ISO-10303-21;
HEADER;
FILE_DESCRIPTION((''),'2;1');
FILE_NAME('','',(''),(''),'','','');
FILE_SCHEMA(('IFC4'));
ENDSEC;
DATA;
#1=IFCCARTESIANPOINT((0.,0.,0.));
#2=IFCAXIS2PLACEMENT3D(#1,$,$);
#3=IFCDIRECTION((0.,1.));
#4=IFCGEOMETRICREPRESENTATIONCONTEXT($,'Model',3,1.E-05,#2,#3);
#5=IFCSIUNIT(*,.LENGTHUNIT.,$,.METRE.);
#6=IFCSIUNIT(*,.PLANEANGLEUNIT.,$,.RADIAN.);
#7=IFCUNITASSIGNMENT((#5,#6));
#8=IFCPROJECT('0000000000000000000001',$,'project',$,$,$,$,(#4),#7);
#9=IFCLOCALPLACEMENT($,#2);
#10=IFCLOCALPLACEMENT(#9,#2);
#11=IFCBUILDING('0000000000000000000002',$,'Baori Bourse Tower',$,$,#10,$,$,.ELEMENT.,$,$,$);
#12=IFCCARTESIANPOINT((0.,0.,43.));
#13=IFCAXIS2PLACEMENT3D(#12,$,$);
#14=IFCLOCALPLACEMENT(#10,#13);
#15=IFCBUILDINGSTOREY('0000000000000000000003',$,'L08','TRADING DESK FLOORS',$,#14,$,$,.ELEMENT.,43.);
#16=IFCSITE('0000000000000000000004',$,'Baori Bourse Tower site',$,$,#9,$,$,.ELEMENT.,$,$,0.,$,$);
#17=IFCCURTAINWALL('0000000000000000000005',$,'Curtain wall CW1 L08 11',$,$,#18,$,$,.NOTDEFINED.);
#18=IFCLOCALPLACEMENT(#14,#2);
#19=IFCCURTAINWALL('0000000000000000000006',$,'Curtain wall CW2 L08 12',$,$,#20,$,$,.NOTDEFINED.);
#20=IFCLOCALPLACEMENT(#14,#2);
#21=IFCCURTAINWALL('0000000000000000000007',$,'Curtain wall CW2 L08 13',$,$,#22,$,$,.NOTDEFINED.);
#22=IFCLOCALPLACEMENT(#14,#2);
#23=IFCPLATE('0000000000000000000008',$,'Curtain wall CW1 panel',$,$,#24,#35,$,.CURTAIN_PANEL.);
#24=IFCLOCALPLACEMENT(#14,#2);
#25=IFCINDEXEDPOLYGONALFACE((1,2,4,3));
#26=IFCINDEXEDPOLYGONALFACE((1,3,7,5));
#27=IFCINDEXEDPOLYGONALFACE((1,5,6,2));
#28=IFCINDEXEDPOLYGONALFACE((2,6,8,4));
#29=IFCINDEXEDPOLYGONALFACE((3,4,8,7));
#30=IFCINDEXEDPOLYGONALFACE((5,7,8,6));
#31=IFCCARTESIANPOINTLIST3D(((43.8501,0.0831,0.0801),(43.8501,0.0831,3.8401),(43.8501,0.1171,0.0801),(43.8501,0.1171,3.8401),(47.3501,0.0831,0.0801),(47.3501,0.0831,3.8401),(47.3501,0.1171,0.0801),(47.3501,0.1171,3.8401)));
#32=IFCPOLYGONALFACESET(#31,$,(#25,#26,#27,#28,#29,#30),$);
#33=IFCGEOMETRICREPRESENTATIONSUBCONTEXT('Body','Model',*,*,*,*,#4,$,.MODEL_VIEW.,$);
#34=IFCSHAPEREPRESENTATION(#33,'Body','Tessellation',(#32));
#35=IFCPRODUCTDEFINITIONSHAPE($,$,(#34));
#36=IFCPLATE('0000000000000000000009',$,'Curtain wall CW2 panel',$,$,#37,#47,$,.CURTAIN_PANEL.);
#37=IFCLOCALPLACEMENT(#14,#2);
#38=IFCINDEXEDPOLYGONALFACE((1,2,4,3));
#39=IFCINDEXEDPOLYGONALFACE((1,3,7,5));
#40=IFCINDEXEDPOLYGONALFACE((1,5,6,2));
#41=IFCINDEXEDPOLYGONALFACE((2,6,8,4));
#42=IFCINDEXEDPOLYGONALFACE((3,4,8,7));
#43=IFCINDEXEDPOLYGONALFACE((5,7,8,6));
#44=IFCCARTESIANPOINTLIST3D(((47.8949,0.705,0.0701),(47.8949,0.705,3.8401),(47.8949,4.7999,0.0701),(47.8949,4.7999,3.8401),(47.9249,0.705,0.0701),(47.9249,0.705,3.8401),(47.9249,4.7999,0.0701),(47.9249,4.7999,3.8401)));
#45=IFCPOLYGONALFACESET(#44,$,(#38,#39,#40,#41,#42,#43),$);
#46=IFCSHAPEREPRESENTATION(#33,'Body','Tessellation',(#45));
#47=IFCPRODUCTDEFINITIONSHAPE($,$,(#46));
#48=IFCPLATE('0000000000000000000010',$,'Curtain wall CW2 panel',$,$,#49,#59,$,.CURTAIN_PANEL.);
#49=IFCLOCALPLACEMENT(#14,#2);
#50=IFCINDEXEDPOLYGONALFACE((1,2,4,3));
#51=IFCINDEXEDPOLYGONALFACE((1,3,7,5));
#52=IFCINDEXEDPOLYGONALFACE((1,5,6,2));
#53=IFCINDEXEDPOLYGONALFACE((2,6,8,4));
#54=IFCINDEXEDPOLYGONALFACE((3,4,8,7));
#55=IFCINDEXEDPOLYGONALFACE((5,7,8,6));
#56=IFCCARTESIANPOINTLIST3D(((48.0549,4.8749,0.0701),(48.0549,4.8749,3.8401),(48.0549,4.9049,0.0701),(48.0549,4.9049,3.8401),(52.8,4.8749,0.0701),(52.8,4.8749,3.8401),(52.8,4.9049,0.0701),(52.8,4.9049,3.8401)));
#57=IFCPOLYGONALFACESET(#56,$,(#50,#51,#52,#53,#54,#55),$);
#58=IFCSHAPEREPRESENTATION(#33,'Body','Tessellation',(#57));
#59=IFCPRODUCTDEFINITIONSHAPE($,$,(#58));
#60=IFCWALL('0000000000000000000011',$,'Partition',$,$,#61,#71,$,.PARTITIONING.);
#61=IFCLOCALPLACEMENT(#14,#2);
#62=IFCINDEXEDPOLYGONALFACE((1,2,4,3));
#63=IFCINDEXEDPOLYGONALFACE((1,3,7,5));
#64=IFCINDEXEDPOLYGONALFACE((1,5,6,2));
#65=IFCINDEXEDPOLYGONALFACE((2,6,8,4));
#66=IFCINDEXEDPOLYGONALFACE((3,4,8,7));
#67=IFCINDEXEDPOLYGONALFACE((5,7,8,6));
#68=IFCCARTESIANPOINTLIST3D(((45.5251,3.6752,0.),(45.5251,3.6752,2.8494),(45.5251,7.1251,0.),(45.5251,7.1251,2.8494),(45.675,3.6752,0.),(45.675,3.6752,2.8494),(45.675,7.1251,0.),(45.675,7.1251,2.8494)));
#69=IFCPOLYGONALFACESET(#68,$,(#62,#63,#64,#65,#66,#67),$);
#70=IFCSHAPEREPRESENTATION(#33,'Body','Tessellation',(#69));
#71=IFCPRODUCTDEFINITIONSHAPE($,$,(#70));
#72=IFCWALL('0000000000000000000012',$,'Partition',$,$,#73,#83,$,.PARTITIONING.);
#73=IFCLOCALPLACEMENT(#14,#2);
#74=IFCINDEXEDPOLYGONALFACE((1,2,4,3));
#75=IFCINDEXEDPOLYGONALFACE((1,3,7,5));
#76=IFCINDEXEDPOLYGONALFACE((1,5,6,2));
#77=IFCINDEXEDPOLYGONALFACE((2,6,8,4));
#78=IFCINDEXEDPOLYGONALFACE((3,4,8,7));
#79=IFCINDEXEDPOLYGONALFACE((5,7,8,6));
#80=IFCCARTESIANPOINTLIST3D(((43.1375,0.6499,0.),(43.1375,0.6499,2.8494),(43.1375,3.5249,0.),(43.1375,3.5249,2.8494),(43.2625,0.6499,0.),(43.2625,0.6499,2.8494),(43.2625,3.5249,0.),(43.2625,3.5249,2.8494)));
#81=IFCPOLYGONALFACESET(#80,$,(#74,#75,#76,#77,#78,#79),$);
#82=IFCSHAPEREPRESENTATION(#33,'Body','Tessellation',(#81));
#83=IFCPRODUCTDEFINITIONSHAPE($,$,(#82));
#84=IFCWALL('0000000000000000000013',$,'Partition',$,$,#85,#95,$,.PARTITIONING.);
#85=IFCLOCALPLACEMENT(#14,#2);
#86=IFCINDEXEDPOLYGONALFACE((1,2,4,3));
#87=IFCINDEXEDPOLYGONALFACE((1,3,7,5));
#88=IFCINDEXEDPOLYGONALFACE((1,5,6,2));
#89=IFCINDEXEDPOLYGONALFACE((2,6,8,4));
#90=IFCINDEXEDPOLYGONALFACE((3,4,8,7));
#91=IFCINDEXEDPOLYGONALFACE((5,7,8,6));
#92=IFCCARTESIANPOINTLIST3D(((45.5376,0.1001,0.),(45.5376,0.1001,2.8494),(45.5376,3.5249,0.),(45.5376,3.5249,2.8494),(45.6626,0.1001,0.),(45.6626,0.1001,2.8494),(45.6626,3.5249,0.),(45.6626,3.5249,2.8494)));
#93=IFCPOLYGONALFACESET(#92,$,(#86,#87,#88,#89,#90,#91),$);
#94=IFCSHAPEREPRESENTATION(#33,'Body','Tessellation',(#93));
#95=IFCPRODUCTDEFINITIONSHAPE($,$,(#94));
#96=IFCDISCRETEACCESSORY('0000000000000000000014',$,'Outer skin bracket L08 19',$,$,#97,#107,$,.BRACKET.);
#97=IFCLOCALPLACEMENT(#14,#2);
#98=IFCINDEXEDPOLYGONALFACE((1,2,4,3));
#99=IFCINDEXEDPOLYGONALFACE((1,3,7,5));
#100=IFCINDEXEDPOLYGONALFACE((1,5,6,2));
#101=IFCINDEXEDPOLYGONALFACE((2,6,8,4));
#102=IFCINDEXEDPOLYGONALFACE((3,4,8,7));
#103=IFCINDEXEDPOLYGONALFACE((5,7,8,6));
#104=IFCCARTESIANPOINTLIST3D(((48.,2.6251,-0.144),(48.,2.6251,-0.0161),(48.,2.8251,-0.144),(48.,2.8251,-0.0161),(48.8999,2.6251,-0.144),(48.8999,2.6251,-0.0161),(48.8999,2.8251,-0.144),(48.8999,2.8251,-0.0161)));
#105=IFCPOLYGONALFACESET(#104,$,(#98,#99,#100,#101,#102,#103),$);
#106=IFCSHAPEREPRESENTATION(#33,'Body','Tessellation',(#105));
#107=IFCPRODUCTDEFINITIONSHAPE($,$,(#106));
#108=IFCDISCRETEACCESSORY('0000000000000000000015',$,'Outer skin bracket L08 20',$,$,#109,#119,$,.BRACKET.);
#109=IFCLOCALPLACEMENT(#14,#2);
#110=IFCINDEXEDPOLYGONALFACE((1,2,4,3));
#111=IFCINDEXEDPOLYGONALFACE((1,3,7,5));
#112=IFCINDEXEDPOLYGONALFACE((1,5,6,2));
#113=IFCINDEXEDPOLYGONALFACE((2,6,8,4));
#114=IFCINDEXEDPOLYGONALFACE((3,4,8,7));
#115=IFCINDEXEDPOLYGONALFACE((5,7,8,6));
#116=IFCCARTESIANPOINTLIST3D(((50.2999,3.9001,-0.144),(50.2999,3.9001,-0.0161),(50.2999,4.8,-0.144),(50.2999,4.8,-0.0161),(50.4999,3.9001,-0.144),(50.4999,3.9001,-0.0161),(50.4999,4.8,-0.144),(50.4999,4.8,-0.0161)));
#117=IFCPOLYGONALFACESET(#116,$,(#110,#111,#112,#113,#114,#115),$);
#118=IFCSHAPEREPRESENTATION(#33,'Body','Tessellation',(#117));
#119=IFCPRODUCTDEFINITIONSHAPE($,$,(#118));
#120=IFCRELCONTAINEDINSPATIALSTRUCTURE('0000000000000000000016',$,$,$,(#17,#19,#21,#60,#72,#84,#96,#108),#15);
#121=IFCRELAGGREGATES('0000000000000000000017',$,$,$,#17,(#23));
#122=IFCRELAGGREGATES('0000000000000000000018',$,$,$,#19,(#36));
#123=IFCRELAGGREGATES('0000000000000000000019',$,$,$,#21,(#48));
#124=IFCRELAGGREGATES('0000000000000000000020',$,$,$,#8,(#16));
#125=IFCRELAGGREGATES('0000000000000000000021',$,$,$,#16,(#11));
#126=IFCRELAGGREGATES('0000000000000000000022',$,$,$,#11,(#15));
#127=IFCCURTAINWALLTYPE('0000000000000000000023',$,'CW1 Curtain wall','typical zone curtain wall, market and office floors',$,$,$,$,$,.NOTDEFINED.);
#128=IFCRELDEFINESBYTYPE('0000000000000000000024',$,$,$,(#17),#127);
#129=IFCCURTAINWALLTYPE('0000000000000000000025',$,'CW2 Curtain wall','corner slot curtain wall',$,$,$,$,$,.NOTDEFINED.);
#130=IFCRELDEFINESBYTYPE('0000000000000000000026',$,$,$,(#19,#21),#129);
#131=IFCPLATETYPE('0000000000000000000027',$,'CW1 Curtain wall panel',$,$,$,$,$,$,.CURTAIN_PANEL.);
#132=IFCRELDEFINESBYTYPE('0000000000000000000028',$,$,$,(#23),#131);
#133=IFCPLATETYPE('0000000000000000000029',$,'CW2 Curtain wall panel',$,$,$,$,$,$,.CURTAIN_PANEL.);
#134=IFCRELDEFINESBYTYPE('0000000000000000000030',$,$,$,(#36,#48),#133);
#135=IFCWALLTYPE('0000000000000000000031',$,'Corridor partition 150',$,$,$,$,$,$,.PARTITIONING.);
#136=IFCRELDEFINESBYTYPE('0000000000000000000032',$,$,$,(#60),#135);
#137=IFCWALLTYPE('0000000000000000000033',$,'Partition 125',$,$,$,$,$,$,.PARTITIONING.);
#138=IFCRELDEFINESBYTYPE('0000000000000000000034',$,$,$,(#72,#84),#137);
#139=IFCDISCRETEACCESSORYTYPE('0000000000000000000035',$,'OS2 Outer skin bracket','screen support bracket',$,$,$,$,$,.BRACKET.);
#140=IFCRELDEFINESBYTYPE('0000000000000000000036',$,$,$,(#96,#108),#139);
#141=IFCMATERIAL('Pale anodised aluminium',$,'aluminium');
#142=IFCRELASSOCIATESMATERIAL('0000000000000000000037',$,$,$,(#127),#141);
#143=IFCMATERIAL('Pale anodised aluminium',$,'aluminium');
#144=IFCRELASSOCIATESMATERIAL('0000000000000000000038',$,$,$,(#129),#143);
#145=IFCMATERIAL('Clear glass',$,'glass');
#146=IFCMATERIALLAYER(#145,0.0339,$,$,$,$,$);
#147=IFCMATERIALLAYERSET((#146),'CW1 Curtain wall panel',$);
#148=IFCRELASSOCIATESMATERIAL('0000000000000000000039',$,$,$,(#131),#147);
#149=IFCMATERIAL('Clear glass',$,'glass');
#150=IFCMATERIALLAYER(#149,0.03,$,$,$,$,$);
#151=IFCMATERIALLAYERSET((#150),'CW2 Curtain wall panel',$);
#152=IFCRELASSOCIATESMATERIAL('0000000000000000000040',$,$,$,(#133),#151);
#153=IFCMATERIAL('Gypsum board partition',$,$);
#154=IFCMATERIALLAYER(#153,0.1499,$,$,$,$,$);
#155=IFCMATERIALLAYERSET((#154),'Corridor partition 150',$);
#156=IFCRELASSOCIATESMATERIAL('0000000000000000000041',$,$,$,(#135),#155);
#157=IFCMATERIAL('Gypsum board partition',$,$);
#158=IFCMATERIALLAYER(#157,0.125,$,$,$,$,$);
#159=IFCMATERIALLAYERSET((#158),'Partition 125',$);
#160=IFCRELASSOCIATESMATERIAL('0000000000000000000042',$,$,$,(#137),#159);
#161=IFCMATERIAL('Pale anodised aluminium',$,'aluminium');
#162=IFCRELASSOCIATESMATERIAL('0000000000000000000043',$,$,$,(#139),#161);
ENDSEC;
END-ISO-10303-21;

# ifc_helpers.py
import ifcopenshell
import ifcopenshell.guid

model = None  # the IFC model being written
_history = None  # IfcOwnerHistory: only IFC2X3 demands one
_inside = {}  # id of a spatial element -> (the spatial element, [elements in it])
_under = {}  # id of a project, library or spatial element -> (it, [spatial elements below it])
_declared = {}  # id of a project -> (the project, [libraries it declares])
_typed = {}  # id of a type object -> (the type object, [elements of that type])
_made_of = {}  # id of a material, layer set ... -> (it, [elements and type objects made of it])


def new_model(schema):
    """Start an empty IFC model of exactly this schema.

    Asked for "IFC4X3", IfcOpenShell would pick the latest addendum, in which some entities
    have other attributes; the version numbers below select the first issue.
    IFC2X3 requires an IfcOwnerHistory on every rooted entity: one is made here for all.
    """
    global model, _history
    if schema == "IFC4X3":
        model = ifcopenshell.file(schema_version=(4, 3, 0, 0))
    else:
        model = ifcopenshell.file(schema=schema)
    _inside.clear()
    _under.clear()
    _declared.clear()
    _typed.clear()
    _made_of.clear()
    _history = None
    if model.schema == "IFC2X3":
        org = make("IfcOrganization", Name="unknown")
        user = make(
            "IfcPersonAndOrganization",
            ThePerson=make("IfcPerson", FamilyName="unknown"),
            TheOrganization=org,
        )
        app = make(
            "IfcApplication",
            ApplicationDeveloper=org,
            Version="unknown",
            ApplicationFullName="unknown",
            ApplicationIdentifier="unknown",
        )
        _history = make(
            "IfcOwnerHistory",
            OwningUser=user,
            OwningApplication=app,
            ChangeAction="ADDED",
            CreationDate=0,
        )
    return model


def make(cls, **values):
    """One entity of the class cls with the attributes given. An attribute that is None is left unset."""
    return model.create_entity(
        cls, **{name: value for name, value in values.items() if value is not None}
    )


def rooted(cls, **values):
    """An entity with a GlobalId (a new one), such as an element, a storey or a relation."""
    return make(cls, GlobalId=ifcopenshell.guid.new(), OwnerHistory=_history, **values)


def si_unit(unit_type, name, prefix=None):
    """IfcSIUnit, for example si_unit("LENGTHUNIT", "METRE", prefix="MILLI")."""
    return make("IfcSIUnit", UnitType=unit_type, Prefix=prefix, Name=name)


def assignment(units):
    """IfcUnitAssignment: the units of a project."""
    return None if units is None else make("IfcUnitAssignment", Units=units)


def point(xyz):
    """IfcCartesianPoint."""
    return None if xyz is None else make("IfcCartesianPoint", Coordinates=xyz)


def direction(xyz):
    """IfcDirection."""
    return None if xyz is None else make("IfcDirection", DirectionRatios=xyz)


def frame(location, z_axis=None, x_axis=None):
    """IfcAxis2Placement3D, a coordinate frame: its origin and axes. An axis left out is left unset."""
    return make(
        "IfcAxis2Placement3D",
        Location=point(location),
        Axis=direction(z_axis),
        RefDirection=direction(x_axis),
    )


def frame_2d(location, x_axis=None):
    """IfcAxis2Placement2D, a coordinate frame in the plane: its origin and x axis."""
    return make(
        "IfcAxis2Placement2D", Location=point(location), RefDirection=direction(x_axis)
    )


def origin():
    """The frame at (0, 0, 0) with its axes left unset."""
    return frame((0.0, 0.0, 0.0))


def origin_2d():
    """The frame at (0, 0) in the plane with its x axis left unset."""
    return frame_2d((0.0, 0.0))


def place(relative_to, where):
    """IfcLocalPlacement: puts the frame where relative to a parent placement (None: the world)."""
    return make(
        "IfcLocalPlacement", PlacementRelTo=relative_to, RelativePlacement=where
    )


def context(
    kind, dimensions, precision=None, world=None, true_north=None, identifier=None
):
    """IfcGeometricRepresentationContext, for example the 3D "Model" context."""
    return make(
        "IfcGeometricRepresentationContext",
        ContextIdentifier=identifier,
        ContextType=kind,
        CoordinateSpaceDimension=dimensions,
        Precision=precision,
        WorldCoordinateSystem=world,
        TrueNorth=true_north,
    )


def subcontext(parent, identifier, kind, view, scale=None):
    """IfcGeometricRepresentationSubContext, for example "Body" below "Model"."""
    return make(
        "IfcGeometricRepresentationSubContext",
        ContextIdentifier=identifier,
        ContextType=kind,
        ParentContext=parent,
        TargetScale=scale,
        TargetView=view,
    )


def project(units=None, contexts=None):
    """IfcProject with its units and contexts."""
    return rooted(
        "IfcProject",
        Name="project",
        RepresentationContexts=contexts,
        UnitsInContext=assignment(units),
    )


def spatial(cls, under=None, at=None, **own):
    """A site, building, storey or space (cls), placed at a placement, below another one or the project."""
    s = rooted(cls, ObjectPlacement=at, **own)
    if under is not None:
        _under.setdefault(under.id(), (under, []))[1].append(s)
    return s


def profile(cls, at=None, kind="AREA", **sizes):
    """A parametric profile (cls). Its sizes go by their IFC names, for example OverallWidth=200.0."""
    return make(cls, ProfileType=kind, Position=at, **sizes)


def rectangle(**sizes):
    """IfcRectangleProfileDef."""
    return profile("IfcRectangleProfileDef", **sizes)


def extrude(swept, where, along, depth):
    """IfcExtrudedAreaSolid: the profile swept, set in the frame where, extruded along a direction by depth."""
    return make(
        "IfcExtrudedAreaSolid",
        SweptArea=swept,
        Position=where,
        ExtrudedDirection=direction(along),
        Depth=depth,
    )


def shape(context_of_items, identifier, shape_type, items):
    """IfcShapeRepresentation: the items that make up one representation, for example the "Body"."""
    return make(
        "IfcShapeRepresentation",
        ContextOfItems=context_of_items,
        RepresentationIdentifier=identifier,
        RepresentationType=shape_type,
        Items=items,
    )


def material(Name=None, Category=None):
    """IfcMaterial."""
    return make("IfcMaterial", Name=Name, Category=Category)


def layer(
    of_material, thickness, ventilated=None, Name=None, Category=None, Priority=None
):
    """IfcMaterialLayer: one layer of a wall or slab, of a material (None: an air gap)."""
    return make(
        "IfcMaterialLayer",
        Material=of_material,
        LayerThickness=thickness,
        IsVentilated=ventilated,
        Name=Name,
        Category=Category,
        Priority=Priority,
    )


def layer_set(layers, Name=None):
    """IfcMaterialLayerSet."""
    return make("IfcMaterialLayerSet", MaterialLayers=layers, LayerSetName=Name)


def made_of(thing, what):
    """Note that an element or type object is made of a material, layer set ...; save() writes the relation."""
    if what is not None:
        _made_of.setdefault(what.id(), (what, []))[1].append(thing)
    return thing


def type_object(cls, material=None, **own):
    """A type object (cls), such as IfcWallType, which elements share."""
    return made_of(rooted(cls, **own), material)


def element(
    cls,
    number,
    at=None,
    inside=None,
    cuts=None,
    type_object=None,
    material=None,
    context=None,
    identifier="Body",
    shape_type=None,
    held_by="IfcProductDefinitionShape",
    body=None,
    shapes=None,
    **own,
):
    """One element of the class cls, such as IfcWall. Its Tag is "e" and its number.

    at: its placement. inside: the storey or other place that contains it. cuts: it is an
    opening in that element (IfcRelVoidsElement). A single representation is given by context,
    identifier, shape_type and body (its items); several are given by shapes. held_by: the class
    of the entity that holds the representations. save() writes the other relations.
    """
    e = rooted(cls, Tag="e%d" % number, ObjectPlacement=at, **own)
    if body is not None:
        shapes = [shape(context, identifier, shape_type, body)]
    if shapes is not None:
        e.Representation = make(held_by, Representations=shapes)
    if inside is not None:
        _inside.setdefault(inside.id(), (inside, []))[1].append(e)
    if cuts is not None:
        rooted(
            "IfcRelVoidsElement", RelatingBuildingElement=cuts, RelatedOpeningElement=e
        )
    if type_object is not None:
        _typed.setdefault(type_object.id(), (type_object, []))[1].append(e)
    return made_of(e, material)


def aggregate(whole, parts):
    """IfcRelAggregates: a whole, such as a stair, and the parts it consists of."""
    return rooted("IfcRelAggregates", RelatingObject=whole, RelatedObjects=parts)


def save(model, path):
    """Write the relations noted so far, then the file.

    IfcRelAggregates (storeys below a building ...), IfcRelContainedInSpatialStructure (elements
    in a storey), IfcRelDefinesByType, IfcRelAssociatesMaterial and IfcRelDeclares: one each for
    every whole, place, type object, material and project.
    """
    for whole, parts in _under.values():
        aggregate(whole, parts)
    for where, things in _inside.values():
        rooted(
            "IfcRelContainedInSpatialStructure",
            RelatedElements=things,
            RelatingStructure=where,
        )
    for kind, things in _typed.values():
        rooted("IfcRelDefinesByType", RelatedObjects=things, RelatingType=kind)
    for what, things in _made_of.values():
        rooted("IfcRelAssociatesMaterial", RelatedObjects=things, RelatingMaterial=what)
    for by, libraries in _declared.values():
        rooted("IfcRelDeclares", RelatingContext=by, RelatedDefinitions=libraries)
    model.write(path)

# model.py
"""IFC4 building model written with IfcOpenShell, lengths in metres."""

from ifc_helpers import new_model, si_unit, direction, frame, frame_2d, origin, origin_2d, place, context, subcontext, project, spatial, rectangle, extrude, material, layer, layer_set, type_object, element, aggregate, save


model = new_model("IFC4")

# Units and contexts
model_context = context("Model", 3, precision=1e-05, world=origin(), true_north=direction((0.0, 1.0)))
body_context = subcontext(model_context, "Body", "Model", "MODEL_VIEW")
ifc_project = project(units=[si_unit("LENGTHUNIT", "METRE"), si_unit("PLANEANGLEUNIT", "RADIAN")], contexts=[model_context])

# Site, building, storey
site_placement = place(None, origin())
site = spatial("IfcSite", under=ifc_project, at=site_placement, Name="Baori Bourse Tower site", CompositionType="ELEMENT", RefElevation=0.0)
building_placement = place(site_placement, origin())
building = spatial("IfcBuilding", under=site, at=building_placement, Name="Baori Bourse Tower", CompositionType="ELEMENT")
storey_placement = place(building_placement, frame((0.0, 0.0, 43.0)))
storey = spatial("IfcBuildingStorey", under=building, at=storey_placement, Name="L08", Description="TRADING DESK FLOORS", CompositionType="ELEMENT", Elevation=43.0)

# Curtain walls
ifc_material_1 = material(Name="Pale anodised aluminium", Category="aluminium")
curtain_wall_type_1 = type_object("IfcCurtainWallType", Name="CW1 Curtain wall", Description="typical zone curtain wall, market and office floors", PredefinedType="NOTDEFINED", material=ifc_material_1)
curtain_wall_1_placement = place(storey_placement, origin())
curtain_wall_1 = element("IfcCurtainWall", 1, at=curtain_wall_1_placement, inside=storey, type_object=curtain_wall_type_1, Name="Curtain wall CW1 L08 11", PredefinedType="NOTDEFINED")
ifc_material_2 = material(Name="Pale anodised aluminium", Category="aluminium")
curtain_wall_type_2 = type_object("IfcCurtainWallType", Name="CW2 Curtain wall", Description="corner slot curtain wall", PredefinedType="NOTDEFINED", material=ifc_material_2)
curtain_wall_2_placement = place(storey_placement, origin())
curtain_wall_2 = element("IfcCurtainWall", 2, at=curtain_wall_2_placement, inside=storey, type_object=curtain_wall_type_2, Name="Curtain wall CW2 L08 12", PredefinedType="NOTDEFINED")
curtain_wall_3_placement = place(storey_placement, origin())
curtain_wall_3 = element("IfcCurtainWall", 3, at=curtain_wall_3_placement, inside=storey, type_object=curtain_wall_type_2, Name="Curtain wall CW2 L08 13", PredefinedType="NOTDEFINED")

# Plates
ifc_material_3 = material(Name="Clear glass", Category="glass")
ifc_layer_1 = layer(ifc_material_3, 0.0339)
ifc_layer_set_1 = layer_set([ifc_layer_1], Name="CW1 Curtain wall panel")
plate_type_1 = type_object("IfcPlateType", Name="CW1 Curtain wall panel", PredefinedType="CURTAIN_PANEL", material=ifc_layer_set_1)
plate_1_placement = place(storey_placement, frame((45.6001, 0.1001, 0.0801), z_axis=(0.0, 0.0, 1.0), x_axis=(1.0, 0.0, 0.0)))
plate_1 = element("IfcPlate", 4, at=plate_1_placement, type_object=plate_type_1, Name="Curtain wall CW1 panel", PredefinedType="CURTAIN_PANEL", context=body_context, shape_type="SweptSolid", body=[
    extrude(rectangle(XDim=3.5, YDim=0.0339, at=origin_2d()), origin(), (0.0, 0.0, 1.0), 3.76),
])
aggregate(curtain_wall_1, [plate_1])
ifc_material_4 = material(Name="Clear glass", Category="glass")
ifc_layer_2 = layer(ifc_material_4, 0.03)
ifc_layer_set_2 = layer_set([ifc_layer_2], Name="CW2 Curtain wall panel")
plate_type_2 = type_object("IfcPlateType", Name="CW2 Curtain wall panel", PredefinedType="CURTAIN_PANEL", material=ifc_layer_set_2)
plate_2_placement = place(storey_placement, frame((47.9099, 2.7524, 0.0701), z_axis=(0.0, 0.0, 1.0), x_axis=(0.0, 1.0, 0.0)))
plate_2 = element("IfcPlate", 5, at=plate_2_placement, type_object=plate_type_2, Name="Curtain wall CW2 panel", PredefinedType="CURTAIN_PANEL", context=body_context, shape_type="SweptSolid", body=[
    extrude(rectangle(XDim=4.095, YDim=0.03, at=origin_2d()), origin(), (0.0, 0.0, 1.0), 3.77),
])
aggregate(curtain_wall_2, [plate_2])
plate_3_placement = place(storey_placement, frame((50.4275, 4.8899, 0.0701), z_axis=(0.0, 0.0, 1.0), x_axis=(1.0, 0.0, 0.0)))
plate_3 = element("IfcPlate", 6, at=plate_3_placement, type_object=plate_type_2, Name="Curtain wall CW2 panel", PredefinedType="CURTAIN_PANEL", context=body_context, shape_type="SweptSolid", body=[
    extrude(rectangle(XDim=4.7451, YDim=0.03, at=origin_2d()), origin(), (0.0, 0.0, 1.0), 3.77),
])
aggregate(curtain_wall_3, [plate_3])

# Walls
ifc_material_5 = material(Name="Gypsum board partition")
ifc_layer_3 = layer(ifc_material_5, 0.1499)
ifc_layer_set_3 = layer_set([ifc_layer_3], Name="Corridor partition 150")
wall_type_1 = type_object("IfcWallType", Name="Corridor partition 150", PredefinedType="PARTITIONING", material=ifc_layer_set_3)
wall_1_placement = place(storey_placement, frame((45.6001, 3.675, 0.0), z_axis=(0.0, 0.0, 1.0), x_axis=(0.0, 1.0, 0.0)))
element("IfcWall", 7, at=wall_1_placement, inside=storey, type_object=wall_type_1, Name="Partition", PredefinedType="PARTITIONING", context=body_context, shape_type="SweptSolid", body=[
    extrude(rectangle(XDim=3.45, YDim=0.1499, at=frame_2d((1.7251, 0.0))), origin(), (0.0, 0.0, 1.0), 2.8494),
])
ifc_material_6 = material(Name="Gypsum board partition")
ifc_layer_4 = layer(ifc_material_6, 0.125)
ifc_layer_set_4 = layer_set([ifc_layer_4], Name="Partition 125")
wall_type_2 = type_object("IfcWallType", Name="Partition 125", PredefinedType="PARTITIONING", material=ifc_layer_set_4)
wall_2_placement = place(storey_placement, frame((43.2, 0.6499, 0.0), z_axis=(0.0, 0.0, 1.0), x_axis=(0.0, 1.0, 0.0)))
element("IfcWall", 8, at=wall_2_placement, inside=storey, type_object=wall_type_2, Name="Partition", PredefinedType="PARTITIONING", context=body_context, shape_type="SweptSolid", body=[
    extrude(rectangle(XDim=2.875, YDim=0.125, at=frame_2d((1.4375, 0.0))), origin(), (0.0, 0.0, 1.0), 2.8494),
])
wall_3_placement = place(storey_placement, frame((45.6001, 0.1001, 0.0), z_axis=(0.0, 0.0, 1.0), x_axis=(0.0, 1.0, 0.0)))
element("IfcWall", 9, at=wall_3_placement, inside=storey, type_object=wall_type_2, Name="Partition", PredefinedType="PARTITIONING", context=body_context, shape_type="SweptSolid", body=[
    extrude(rectangle(XDim=3.4248, YDim=0.125, at=frame_2d((1.7124, 0.0))), origin(), (0.0, 0.0, 1.0), 2.8494),
])

# Discrete accessories
ifc_material_7 = material(Name="Pale anodised aluminium", Category="aluminium")
discrete_accessory_type = type_object("IfcDiscreteAccessoryType", Name="OS2 Outer skin bracket", Description="screen support bracket", PredefinedType="BRACKET", material=ifc_material_7)
for number, where, z_axis, x_axis, name in (
    (10, (48.45, 2.7251, -0.144), (0.0, 0.0, 1.0), (0.0, 1.0, 0.0), "Outer skin bracket L08 19"),
    (11, (50.3999, 4.3501, -0.144), (0.0, 0.0, 1.0), (1.0, 0.0, 0.0), "Outer skin bracket L08 20"),
):
    element("IfcDiscreteAccessory", number, at=place(storey_placement, frame(where, z_axis=z_axis, x_axis=x_axis)), inside=storey, type_object=discrete_accessory_type, Name=name, PredefinedType="BRACKET", context=body_context, shape_type="SweptSolid", body=[
        extrude(rectangle(XDim=0.2, YDim=0.8999, at=origin_2d()), origin(), (0.0, 0.0, 1.0), 0.1279),
    ])

save(model, "model.ifc")
